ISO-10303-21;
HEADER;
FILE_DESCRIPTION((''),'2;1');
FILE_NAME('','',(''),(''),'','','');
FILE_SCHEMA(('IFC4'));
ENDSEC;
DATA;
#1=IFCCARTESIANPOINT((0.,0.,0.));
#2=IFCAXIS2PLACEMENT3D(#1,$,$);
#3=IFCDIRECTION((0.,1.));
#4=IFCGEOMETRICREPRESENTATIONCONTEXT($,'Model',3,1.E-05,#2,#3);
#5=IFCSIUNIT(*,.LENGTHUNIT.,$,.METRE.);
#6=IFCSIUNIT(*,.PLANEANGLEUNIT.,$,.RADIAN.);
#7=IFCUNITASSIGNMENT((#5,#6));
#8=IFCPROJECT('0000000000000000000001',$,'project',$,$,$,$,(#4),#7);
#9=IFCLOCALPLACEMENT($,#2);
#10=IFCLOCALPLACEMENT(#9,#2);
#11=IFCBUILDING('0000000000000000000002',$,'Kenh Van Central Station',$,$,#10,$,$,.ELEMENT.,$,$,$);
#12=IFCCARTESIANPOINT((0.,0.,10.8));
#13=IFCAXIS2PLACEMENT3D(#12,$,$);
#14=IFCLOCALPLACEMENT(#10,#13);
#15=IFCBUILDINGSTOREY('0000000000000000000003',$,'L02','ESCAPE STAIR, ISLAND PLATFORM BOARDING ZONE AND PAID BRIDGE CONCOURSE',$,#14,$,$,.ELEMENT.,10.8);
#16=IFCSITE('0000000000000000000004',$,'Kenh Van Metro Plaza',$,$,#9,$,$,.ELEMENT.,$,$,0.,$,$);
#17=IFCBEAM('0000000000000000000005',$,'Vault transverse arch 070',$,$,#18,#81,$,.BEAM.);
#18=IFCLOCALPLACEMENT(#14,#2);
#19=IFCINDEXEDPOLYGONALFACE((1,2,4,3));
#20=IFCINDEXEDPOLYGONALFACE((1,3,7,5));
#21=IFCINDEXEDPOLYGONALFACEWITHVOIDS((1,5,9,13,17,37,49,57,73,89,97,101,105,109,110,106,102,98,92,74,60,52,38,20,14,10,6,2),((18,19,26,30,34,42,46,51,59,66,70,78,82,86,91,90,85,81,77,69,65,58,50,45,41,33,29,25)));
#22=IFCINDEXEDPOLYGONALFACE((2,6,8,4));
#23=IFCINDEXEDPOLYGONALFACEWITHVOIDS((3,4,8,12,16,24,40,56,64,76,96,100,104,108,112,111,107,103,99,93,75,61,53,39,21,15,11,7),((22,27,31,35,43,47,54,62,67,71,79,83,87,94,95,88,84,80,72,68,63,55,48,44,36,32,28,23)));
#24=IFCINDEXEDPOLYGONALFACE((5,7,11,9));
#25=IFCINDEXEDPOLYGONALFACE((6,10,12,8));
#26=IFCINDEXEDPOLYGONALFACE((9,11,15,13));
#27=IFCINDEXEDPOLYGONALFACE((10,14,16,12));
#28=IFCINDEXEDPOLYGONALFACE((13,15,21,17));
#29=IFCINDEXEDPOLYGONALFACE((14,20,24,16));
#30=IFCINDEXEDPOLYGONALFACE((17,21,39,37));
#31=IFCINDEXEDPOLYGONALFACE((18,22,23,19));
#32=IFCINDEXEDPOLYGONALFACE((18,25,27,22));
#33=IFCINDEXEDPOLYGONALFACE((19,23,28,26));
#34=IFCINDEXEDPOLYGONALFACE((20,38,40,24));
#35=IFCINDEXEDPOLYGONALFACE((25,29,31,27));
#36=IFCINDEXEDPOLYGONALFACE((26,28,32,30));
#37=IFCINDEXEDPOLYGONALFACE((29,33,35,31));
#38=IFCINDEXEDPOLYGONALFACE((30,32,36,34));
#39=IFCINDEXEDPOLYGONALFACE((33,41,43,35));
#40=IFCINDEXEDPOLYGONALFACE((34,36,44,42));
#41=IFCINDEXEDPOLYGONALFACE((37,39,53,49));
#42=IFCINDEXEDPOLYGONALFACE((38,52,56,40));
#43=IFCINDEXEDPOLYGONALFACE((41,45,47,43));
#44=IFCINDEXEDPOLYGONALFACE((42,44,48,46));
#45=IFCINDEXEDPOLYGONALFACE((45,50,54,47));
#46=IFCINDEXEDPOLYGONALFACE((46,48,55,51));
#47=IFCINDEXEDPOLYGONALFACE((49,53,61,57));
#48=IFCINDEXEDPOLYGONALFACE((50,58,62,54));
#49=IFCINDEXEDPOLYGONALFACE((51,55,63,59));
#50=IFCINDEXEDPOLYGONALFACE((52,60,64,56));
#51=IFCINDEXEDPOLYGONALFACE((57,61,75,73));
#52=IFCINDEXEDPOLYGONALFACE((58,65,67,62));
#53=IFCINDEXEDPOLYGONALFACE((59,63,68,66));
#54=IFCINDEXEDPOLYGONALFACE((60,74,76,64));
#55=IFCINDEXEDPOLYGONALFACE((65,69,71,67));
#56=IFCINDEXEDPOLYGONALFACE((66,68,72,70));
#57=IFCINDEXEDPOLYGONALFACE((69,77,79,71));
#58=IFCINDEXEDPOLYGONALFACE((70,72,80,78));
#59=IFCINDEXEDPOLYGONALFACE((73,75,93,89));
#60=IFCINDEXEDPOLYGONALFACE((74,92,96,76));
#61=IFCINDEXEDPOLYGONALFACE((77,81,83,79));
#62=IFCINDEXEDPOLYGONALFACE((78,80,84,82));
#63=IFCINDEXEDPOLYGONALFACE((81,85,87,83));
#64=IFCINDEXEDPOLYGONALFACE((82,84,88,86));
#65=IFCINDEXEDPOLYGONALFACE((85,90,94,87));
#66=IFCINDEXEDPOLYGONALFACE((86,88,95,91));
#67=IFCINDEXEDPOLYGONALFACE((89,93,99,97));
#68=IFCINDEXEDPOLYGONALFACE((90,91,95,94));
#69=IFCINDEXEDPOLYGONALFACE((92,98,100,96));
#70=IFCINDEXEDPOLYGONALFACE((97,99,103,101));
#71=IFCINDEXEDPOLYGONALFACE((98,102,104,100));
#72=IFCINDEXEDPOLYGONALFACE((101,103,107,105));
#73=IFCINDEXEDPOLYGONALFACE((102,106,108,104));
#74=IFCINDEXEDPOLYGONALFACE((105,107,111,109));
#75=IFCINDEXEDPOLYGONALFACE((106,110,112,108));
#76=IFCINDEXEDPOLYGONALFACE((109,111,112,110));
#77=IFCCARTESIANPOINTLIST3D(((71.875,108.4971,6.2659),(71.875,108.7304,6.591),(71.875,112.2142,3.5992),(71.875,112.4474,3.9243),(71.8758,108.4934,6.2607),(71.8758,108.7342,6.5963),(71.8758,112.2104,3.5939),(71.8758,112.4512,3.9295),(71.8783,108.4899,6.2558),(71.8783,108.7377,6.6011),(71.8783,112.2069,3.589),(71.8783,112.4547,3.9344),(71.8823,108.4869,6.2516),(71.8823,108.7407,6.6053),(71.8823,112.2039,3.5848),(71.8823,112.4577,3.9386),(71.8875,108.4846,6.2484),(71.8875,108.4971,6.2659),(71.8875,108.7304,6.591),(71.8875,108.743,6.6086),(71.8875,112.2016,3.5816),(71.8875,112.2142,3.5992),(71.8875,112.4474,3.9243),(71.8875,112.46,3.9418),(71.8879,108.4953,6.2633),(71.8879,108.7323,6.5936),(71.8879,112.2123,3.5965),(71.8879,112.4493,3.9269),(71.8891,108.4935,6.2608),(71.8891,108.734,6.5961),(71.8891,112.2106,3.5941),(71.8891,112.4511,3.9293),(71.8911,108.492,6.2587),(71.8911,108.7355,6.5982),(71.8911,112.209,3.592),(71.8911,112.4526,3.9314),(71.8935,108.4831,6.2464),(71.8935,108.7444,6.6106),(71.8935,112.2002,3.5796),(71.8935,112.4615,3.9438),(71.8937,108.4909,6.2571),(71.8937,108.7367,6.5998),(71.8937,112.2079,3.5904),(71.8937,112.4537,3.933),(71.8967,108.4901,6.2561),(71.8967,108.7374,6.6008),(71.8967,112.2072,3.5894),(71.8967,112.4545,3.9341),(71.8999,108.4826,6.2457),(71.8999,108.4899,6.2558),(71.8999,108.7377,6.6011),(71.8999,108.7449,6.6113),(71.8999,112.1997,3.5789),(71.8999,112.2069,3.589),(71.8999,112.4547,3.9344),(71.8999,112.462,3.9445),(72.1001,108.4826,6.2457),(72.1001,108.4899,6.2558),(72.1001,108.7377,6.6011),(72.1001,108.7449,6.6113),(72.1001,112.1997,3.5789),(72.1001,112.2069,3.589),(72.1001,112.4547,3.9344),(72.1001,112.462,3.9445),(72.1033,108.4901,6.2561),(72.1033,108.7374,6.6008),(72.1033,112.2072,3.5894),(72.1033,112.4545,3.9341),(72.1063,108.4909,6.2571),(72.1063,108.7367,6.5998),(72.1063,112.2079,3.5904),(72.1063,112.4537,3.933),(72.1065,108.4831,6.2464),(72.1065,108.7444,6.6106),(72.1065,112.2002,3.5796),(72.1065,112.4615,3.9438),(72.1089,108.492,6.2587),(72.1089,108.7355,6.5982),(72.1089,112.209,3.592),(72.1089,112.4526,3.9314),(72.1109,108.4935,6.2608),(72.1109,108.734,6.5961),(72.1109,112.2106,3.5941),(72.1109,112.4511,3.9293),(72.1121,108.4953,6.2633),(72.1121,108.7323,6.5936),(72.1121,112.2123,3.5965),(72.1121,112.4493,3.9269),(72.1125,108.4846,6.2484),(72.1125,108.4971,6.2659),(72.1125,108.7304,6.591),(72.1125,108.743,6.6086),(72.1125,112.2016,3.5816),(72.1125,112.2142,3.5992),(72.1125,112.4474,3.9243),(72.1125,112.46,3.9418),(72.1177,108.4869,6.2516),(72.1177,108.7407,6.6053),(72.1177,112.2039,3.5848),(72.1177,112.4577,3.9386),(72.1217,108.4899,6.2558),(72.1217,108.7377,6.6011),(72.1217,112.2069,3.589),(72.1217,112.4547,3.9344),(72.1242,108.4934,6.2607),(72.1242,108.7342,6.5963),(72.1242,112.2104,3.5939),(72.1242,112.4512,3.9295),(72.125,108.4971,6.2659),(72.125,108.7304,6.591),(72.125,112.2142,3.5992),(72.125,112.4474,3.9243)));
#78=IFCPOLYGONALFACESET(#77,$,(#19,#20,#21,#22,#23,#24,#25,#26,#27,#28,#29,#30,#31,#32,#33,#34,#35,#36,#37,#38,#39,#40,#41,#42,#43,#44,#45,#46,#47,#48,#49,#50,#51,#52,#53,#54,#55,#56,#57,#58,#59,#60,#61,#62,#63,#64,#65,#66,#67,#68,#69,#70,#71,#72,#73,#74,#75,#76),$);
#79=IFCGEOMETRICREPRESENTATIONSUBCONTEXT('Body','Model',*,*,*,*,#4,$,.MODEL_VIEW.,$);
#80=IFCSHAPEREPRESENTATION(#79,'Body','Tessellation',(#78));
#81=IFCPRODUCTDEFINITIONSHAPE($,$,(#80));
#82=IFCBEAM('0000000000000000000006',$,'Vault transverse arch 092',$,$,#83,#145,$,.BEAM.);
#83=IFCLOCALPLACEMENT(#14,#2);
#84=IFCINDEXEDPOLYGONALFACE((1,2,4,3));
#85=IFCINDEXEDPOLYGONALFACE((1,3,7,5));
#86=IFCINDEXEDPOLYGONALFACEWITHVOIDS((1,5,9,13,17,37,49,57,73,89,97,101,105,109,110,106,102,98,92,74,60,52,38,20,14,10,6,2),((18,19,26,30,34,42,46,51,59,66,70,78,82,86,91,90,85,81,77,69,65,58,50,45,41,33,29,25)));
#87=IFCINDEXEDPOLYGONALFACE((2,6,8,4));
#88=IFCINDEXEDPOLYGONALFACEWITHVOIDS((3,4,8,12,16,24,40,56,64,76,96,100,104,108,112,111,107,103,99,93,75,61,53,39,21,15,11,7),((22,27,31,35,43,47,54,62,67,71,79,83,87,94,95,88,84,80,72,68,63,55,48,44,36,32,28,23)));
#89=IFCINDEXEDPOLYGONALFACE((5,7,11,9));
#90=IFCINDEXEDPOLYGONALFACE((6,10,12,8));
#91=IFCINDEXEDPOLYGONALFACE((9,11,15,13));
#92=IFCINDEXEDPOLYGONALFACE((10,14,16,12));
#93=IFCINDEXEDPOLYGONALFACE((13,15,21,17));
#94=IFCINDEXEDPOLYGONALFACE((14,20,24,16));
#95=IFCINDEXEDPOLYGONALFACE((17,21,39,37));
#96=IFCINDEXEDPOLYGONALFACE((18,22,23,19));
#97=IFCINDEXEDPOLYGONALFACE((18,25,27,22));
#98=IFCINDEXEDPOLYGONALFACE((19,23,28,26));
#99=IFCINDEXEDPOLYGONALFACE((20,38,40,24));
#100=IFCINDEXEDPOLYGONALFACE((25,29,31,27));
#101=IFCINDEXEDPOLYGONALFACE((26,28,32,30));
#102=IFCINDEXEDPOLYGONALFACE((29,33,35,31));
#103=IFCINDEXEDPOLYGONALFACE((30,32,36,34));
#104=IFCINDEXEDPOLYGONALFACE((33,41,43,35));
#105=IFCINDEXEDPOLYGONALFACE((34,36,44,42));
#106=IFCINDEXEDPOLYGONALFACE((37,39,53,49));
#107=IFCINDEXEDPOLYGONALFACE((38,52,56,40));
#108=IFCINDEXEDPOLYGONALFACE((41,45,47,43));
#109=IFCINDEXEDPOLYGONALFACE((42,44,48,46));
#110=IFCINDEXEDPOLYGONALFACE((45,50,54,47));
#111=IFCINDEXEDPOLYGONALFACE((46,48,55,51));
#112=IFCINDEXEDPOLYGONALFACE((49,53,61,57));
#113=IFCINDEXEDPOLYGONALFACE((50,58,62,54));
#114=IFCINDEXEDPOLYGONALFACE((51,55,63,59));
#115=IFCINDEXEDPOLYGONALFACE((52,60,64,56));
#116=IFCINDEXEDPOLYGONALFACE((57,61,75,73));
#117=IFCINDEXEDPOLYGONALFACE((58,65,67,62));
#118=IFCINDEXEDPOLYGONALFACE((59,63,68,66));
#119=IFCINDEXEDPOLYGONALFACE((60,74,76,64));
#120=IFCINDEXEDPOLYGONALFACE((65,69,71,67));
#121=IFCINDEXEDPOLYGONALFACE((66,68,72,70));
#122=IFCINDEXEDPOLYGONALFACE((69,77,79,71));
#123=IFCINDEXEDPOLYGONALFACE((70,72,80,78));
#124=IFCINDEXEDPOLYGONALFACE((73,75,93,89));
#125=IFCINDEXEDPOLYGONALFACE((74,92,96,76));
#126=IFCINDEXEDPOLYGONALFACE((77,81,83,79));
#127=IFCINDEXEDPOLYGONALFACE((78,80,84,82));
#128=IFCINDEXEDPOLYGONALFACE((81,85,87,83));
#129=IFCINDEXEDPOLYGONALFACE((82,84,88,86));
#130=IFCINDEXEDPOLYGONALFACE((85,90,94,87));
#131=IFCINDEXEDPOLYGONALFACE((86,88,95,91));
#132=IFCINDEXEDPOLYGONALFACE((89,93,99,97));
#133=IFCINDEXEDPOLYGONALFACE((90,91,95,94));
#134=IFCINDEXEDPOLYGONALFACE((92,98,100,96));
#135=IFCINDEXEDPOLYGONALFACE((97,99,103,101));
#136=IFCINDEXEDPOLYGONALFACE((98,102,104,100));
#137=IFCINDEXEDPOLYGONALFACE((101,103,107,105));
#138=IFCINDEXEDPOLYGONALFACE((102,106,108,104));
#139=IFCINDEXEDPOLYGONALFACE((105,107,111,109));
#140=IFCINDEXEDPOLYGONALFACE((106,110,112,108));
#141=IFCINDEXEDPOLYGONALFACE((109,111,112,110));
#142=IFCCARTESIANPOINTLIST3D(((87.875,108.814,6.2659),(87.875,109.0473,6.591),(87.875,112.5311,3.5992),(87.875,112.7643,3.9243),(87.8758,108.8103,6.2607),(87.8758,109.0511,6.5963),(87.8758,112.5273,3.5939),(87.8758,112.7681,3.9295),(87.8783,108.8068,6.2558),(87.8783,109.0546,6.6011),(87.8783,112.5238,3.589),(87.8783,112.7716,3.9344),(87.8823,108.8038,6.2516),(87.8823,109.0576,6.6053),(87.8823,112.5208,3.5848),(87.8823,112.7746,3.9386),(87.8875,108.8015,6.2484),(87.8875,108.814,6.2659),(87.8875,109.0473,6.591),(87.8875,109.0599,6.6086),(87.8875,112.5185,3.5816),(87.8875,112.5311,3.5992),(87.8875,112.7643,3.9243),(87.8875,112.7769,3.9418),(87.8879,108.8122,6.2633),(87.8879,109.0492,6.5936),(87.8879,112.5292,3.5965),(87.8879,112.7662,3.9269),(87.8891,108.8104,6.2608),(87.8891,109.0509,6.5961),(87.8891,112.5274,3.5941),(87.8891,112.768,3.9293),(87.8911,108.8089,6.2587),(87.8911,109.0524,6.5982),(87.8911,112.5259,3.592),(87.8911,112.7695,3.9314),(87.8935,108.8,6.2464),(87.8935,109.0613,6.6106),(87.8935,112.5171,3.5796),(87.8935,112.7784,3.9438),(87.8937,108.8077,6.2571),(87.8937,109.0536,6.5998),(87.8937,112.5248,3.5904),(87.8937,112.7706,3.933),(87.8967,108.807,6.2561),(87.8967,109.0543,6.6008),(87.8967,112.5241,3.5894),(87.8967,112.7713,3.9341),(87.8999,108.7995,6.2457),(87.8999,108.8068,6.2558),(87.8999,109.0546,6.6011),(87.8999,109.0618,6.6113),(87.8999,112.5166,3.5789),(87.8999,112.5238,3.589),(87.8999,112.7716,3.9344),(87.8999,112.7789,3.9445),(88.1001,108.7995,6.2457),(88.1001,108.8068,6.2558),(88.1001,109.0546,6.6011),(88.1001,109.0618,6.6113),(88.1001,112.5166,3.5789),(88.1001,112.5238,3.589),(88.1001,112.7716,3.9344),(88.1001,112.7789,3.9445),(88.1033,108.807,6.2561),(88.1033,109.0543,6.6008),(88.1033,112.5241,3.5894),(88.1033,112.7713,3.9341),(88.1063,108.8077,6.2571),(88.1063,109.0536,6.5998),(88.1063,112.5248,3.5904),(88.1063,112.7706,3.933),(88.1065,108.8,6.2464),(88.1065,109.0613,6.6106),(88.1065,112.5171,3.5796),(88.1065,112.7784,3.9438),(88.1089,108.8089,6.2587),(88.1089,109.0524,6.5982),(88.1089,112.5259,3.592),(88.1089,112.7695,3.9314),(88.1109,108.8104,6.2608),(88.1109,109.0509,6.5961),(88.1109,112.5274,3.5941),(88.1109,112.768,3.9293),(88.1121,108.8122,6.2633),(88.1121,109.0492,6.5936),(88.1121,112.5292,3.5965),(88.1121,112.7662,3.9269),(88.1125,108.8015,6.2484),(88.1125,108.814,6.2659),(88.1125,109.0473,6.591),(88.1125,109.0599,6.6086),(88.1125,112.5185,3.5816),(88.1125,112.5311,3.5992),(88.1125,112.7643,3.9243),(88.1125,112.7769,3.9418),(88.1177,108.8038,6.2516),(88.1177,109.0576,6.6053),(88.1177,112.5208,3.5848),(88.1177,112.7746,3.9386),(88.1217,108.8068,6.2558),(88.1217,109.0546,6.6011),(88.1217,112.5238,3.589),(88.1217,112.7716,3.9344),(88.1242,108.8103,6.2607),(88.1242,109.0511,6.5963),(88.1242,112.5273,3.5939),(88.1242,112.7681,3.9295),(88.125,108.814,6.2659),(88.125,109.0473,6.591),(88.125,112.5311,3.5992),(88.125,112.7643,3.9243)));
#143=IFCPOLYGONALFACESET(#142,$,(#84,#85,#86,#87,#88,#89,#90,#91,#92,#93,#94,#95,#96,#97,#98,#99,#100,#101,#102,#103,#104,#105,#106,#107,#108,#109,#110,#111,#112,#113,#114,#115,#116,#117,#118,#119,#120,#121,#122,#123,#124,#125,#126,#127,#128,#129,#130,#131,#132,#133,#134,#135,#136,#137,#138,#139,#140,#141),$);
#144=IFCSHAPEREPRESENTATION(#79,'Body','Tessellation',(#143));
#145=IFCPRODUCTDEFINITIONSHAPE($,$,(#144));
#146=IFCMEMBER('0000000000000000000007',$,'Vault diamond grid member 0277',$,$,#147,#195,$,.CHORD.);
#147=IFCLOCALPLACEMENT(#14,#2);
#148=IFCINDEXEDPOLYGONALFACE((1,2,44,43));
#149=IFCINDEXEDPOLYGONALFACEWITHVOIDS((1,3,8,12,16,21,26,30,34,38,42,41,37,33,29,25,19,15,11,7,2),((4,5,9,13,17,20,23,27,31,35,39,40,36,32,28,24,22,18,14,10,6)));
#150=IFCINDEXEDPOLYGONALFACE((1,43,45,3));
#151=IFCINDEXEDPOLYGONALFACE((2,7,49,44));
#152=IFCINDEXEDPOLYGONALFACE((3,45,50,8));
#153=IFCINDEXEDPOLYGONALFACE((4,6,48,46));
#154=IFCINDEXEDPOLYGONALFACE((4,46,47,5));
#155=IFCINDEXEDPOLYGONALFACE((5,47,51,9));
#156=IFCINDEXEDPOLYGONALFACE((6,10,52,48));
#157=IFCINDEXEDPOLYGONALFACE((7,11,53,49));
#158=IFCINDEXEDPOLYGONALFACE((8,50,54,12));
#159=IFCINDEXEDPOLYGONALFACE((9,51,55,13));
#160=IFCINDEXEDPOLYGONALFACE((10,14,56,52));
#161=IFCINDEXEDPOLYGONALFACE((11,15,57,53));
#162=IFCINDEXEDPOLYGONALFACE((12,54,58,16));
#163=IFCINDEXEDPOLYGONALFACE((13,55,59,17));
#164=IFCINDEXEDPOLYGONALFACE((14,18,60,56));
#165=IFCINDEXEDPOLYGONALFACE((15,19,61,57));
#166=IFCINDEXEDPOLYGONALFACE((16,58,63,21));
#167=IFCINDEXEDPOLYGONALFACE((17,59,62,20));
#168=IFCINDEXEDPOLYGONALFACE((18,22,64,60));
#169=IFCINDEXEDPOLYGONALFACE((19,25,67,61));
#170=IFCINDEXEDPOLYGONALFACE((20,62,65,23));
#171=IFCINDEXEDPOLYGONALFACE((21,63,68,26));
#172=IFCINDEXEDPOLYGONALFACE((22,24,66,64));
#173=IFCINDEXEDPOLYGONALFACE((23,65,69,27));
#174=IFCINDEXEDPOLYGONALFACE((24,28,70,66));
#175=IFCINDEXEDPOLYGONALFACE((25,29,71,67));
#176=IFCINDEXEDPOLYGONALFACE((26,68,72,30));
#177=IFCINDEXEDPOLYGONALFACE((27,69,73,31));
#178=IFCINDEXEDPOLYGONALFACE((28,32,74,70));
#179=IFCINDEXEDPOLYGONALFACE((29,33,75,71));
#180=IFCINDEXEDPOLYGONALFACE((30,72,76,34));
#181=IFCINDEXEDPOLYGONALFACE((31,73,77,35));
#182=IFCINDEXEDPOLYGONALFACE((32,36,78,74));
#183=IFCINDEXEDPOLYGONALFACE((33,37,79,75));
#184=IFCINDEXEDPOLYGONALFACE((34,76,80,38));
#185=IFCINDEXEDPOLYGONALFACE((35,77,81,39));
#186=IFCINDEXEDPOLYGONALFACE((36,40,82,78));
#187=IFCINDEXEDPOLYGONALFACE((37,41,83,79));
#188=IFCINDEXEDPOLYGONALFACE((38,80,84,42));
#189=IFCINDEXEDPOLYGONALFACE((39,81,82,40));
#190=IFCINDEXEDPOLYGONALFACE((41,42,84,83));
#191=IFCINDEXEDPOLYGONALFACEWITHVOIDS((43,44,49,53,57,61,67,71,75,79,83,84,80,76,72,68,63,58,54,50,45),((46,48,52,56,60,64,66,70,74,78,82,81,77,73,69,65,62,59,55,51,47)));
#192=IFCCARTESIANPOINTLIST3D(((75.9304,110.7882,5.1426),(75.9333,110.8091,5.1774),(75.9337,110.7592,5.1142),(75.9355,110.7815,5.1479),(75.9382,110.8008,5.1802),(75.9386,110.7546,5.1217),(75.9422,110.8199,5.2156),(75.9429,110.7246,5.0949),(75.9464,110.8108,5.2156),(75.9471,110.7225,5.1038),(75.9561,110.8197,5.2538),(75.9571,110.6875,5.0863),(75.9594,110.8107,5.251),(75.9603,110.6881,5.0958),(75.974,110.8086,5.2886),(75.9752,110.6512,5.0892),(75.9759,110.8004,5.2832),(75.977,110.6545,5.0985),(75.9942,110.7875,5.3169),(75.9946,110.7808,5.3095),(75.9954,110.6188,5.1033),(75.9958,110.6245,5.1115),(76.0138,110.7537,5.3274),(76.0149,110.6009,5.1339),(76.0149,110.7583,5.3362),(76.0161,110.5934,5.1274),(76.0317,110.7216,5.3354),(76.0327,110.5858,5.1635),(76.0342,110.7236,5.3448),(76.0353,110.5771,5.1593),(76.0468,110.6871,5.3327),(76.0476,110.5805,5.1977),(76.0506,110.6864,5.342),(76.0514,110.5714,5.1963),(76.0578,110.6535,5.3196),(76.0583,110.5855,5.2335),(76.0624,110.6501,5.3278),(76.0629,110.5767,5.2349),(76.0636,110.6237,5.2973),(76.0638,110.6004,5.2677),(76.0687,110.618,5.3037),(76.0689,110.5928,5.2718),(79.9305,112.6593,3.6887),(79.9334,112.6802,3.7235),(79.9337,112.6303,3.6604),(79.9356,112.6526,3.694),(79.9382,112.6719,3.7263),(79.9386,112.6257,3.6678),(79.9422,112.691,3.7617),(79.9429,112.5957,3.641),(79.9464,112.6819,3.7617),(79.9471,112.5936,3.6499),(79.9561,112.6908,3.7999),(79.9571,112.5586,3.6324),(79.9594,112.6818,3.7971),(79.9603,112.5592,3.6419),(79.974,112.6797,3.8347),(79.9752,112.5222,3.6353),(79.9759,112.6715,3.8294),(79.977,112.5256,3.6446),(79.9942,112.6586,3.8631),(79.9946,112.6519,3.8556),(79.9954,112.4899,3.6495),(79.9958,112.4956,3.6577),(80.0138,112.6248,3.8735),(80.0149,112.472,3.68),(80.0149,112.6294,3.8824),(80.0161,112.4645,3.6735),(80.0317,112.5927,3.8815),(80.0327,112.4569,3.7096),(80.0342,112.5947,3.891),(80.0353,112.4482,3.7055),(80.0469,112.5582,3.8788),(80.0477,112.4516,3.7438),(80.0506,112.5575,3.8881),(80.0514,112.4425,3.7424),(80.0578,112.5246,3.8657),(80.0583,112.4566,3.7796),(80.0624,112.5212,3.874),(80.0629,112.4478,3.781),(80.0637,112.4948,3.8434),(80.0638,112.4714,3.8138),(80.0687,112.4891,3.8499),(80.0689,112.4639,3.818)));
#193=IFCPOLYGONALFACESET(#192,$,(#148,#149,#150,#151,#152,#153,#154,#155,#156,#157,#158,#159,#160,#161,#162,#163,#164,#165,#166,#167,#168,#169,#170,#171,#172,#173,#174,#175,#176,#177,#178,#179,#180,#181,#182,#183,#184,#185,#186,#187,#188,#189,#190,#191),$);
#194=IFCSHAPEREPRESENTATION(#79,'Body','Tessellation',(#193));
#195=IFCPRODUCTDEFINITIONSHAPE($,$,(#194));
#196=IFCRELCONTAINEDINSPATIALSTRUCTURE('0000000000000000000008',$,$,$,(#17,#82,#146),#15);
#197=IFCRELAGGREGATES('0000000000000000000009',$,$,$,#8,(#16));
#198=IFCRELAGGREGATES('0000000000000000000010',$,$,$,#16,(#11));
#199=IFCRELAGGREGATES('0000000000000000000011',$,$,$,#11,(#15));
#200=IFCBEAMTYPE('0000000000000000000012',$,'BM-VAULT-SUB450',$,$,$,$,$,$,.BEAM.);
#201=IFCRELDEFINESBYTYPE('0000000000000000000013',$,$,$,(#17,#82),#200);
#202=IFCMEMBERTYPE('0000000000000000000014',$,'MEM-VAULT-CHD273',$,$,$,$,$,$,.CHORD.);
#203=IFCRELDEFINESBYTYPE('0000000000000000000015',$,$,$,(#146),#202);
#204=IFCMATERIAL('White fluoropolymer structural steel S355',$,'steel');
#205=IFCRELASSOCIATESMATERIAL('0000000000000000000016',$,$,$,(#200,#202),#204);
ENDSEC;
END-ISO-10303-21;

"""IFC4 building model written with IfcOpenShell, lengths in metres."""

from ifc_helpers import new_model, si_unit, direction, frame, origin, origin_2d, place, context, subcontext, project, spatial, hollow_rectangle, hollow_circle, extrude, material, material_profile, profile_set, type_object, element, save


model = new_model("IFC4")

# Units and contexts
model_context = context("Model", 3, precision=1e-05, world=origin(), true_north=direction((0.0, 1.0)))
body_context = subcontext(model_context, "Body", "Model", "MODEL_VIEW")
ifc_project = project(units=[si_unit("LENGTHUNIT", "METRE"), si_unit("PLANEANGLEUNIT", "RADIAN")], contexts=[model_context])

# Site, building, storey
site_placement = place(None, origin())
site = spatial("IfcSite", under=ifc_project, at=site_placement, Name="Kenh Van Metro Plaza", CompositionType="ELEMENT", RefElevation=0.0)
building_placement = place(site_placement, origin())
building = spatial("IfcBuilding", under=site, at=building_placement, Name="Kenh Van Central Station", CompositionType="ELEMENT")
storey_placement = place(building_placement, frame((0.0, 0.0, 10.8)))
storey = spatial("IfcBuildingStorey", under=building, at=storey_placement, Name="L02", Description="ESCAPE STAIR, ISLAND PLATFORM BOARDING ZONE AND PAID BRIDGE CONCOURSE", CompositionType="ELEMENT", Elevation=10.8)

# Beams
ifc_material_1 = material(Name="White fluoropolymer structural steel S355", Category="steel")
ifc_material_profile_1 = material_profile(ifc_material_1, hollow_rectangle(XDim=0.25, YDim=0.45, WallThickness=0.0125, InnerFilletRadius=0.0125, OuterFilletRadius=0.0249, at=origin_2d()), Name="RHS 450x250x12.5")
ifc_profile_set_1 = profile_set([ifc_material_profile_1], Name="White fluoropolymer structural steel S355")
beam_type_1 = type_object("IfcBeamType", Name="BM-VAULT-SUB450", PredefinedType="BEAM", material=ifc_profile_set_1)
for number, where, z_axis, x_axis, name in (
    (1, (72.0, 108.6138, 6.4285), (0.0, 0.81252, -0.582933), (-1.0, 0.0, 0.0), "Vault transverse arch 070"),
    (2, (88.0, 108.9307, 6.4285), (0.0, 0.81252, -0.582933), (-1.0, 0.0, 0.0), "Vault transverse arch 092"),
):
    element("IfcBeam", number, at=place(storey_placement, frame(where, z_axis=z_axis, x_axis=x_axis)), inside=storey, type_object=beam_type_1, Name=name, PredefinedType="BEAM", context=body_context, shape_type="SweptSolid", body=[
        extrude(hollow_rectangle(XDim=0.25, YDim=0.45, WallThickness=0.0125, InnerFilletRadius=0.0125, OuterFilletRadius=0.0249, at=origin_2d()), origin(), (0.0, 0.0, 1.0), 4.5747),
    ])

# Member
ifc_material_profile_2 = material_profile(ifc_material_1, hollow_circle(Radius=0.1365, WallThickness=0.01, at=origin_2d()), Name="CHS 273x10")
ifc_profile_set_2 = profile_set([ifc_material_profile_2], Name="White fluoropolymer structural steel S355")
member_type = type_object("IfcMemberType", Name="MEM-VAULT-CHD273", PredefinedType="CHORD", material=ifc_profile_set_2)
member_1_placement = place(storey_placement, frame((76.0, 110.6963, 5.2156), z_axis=(0.86037, 0.402458, -0.312714), x_axis=(-0.423709, 0.905799, 0.0)))
element("IfcMember", 3, at=member_1_placement, inside=storey, type_object=member_type, Name="Vault diamond grid member 0277", PredefinedType="CHORD", context=body_context, shape_type="SweptSolid", body=[
    extrude(hollow_circle(Radius=0.1365, WallThickness=0.01, at=origin_2d()), origin(), (0.0, 0.0, 1.0), 4.6492),
])

save(model, "model.ifc")
